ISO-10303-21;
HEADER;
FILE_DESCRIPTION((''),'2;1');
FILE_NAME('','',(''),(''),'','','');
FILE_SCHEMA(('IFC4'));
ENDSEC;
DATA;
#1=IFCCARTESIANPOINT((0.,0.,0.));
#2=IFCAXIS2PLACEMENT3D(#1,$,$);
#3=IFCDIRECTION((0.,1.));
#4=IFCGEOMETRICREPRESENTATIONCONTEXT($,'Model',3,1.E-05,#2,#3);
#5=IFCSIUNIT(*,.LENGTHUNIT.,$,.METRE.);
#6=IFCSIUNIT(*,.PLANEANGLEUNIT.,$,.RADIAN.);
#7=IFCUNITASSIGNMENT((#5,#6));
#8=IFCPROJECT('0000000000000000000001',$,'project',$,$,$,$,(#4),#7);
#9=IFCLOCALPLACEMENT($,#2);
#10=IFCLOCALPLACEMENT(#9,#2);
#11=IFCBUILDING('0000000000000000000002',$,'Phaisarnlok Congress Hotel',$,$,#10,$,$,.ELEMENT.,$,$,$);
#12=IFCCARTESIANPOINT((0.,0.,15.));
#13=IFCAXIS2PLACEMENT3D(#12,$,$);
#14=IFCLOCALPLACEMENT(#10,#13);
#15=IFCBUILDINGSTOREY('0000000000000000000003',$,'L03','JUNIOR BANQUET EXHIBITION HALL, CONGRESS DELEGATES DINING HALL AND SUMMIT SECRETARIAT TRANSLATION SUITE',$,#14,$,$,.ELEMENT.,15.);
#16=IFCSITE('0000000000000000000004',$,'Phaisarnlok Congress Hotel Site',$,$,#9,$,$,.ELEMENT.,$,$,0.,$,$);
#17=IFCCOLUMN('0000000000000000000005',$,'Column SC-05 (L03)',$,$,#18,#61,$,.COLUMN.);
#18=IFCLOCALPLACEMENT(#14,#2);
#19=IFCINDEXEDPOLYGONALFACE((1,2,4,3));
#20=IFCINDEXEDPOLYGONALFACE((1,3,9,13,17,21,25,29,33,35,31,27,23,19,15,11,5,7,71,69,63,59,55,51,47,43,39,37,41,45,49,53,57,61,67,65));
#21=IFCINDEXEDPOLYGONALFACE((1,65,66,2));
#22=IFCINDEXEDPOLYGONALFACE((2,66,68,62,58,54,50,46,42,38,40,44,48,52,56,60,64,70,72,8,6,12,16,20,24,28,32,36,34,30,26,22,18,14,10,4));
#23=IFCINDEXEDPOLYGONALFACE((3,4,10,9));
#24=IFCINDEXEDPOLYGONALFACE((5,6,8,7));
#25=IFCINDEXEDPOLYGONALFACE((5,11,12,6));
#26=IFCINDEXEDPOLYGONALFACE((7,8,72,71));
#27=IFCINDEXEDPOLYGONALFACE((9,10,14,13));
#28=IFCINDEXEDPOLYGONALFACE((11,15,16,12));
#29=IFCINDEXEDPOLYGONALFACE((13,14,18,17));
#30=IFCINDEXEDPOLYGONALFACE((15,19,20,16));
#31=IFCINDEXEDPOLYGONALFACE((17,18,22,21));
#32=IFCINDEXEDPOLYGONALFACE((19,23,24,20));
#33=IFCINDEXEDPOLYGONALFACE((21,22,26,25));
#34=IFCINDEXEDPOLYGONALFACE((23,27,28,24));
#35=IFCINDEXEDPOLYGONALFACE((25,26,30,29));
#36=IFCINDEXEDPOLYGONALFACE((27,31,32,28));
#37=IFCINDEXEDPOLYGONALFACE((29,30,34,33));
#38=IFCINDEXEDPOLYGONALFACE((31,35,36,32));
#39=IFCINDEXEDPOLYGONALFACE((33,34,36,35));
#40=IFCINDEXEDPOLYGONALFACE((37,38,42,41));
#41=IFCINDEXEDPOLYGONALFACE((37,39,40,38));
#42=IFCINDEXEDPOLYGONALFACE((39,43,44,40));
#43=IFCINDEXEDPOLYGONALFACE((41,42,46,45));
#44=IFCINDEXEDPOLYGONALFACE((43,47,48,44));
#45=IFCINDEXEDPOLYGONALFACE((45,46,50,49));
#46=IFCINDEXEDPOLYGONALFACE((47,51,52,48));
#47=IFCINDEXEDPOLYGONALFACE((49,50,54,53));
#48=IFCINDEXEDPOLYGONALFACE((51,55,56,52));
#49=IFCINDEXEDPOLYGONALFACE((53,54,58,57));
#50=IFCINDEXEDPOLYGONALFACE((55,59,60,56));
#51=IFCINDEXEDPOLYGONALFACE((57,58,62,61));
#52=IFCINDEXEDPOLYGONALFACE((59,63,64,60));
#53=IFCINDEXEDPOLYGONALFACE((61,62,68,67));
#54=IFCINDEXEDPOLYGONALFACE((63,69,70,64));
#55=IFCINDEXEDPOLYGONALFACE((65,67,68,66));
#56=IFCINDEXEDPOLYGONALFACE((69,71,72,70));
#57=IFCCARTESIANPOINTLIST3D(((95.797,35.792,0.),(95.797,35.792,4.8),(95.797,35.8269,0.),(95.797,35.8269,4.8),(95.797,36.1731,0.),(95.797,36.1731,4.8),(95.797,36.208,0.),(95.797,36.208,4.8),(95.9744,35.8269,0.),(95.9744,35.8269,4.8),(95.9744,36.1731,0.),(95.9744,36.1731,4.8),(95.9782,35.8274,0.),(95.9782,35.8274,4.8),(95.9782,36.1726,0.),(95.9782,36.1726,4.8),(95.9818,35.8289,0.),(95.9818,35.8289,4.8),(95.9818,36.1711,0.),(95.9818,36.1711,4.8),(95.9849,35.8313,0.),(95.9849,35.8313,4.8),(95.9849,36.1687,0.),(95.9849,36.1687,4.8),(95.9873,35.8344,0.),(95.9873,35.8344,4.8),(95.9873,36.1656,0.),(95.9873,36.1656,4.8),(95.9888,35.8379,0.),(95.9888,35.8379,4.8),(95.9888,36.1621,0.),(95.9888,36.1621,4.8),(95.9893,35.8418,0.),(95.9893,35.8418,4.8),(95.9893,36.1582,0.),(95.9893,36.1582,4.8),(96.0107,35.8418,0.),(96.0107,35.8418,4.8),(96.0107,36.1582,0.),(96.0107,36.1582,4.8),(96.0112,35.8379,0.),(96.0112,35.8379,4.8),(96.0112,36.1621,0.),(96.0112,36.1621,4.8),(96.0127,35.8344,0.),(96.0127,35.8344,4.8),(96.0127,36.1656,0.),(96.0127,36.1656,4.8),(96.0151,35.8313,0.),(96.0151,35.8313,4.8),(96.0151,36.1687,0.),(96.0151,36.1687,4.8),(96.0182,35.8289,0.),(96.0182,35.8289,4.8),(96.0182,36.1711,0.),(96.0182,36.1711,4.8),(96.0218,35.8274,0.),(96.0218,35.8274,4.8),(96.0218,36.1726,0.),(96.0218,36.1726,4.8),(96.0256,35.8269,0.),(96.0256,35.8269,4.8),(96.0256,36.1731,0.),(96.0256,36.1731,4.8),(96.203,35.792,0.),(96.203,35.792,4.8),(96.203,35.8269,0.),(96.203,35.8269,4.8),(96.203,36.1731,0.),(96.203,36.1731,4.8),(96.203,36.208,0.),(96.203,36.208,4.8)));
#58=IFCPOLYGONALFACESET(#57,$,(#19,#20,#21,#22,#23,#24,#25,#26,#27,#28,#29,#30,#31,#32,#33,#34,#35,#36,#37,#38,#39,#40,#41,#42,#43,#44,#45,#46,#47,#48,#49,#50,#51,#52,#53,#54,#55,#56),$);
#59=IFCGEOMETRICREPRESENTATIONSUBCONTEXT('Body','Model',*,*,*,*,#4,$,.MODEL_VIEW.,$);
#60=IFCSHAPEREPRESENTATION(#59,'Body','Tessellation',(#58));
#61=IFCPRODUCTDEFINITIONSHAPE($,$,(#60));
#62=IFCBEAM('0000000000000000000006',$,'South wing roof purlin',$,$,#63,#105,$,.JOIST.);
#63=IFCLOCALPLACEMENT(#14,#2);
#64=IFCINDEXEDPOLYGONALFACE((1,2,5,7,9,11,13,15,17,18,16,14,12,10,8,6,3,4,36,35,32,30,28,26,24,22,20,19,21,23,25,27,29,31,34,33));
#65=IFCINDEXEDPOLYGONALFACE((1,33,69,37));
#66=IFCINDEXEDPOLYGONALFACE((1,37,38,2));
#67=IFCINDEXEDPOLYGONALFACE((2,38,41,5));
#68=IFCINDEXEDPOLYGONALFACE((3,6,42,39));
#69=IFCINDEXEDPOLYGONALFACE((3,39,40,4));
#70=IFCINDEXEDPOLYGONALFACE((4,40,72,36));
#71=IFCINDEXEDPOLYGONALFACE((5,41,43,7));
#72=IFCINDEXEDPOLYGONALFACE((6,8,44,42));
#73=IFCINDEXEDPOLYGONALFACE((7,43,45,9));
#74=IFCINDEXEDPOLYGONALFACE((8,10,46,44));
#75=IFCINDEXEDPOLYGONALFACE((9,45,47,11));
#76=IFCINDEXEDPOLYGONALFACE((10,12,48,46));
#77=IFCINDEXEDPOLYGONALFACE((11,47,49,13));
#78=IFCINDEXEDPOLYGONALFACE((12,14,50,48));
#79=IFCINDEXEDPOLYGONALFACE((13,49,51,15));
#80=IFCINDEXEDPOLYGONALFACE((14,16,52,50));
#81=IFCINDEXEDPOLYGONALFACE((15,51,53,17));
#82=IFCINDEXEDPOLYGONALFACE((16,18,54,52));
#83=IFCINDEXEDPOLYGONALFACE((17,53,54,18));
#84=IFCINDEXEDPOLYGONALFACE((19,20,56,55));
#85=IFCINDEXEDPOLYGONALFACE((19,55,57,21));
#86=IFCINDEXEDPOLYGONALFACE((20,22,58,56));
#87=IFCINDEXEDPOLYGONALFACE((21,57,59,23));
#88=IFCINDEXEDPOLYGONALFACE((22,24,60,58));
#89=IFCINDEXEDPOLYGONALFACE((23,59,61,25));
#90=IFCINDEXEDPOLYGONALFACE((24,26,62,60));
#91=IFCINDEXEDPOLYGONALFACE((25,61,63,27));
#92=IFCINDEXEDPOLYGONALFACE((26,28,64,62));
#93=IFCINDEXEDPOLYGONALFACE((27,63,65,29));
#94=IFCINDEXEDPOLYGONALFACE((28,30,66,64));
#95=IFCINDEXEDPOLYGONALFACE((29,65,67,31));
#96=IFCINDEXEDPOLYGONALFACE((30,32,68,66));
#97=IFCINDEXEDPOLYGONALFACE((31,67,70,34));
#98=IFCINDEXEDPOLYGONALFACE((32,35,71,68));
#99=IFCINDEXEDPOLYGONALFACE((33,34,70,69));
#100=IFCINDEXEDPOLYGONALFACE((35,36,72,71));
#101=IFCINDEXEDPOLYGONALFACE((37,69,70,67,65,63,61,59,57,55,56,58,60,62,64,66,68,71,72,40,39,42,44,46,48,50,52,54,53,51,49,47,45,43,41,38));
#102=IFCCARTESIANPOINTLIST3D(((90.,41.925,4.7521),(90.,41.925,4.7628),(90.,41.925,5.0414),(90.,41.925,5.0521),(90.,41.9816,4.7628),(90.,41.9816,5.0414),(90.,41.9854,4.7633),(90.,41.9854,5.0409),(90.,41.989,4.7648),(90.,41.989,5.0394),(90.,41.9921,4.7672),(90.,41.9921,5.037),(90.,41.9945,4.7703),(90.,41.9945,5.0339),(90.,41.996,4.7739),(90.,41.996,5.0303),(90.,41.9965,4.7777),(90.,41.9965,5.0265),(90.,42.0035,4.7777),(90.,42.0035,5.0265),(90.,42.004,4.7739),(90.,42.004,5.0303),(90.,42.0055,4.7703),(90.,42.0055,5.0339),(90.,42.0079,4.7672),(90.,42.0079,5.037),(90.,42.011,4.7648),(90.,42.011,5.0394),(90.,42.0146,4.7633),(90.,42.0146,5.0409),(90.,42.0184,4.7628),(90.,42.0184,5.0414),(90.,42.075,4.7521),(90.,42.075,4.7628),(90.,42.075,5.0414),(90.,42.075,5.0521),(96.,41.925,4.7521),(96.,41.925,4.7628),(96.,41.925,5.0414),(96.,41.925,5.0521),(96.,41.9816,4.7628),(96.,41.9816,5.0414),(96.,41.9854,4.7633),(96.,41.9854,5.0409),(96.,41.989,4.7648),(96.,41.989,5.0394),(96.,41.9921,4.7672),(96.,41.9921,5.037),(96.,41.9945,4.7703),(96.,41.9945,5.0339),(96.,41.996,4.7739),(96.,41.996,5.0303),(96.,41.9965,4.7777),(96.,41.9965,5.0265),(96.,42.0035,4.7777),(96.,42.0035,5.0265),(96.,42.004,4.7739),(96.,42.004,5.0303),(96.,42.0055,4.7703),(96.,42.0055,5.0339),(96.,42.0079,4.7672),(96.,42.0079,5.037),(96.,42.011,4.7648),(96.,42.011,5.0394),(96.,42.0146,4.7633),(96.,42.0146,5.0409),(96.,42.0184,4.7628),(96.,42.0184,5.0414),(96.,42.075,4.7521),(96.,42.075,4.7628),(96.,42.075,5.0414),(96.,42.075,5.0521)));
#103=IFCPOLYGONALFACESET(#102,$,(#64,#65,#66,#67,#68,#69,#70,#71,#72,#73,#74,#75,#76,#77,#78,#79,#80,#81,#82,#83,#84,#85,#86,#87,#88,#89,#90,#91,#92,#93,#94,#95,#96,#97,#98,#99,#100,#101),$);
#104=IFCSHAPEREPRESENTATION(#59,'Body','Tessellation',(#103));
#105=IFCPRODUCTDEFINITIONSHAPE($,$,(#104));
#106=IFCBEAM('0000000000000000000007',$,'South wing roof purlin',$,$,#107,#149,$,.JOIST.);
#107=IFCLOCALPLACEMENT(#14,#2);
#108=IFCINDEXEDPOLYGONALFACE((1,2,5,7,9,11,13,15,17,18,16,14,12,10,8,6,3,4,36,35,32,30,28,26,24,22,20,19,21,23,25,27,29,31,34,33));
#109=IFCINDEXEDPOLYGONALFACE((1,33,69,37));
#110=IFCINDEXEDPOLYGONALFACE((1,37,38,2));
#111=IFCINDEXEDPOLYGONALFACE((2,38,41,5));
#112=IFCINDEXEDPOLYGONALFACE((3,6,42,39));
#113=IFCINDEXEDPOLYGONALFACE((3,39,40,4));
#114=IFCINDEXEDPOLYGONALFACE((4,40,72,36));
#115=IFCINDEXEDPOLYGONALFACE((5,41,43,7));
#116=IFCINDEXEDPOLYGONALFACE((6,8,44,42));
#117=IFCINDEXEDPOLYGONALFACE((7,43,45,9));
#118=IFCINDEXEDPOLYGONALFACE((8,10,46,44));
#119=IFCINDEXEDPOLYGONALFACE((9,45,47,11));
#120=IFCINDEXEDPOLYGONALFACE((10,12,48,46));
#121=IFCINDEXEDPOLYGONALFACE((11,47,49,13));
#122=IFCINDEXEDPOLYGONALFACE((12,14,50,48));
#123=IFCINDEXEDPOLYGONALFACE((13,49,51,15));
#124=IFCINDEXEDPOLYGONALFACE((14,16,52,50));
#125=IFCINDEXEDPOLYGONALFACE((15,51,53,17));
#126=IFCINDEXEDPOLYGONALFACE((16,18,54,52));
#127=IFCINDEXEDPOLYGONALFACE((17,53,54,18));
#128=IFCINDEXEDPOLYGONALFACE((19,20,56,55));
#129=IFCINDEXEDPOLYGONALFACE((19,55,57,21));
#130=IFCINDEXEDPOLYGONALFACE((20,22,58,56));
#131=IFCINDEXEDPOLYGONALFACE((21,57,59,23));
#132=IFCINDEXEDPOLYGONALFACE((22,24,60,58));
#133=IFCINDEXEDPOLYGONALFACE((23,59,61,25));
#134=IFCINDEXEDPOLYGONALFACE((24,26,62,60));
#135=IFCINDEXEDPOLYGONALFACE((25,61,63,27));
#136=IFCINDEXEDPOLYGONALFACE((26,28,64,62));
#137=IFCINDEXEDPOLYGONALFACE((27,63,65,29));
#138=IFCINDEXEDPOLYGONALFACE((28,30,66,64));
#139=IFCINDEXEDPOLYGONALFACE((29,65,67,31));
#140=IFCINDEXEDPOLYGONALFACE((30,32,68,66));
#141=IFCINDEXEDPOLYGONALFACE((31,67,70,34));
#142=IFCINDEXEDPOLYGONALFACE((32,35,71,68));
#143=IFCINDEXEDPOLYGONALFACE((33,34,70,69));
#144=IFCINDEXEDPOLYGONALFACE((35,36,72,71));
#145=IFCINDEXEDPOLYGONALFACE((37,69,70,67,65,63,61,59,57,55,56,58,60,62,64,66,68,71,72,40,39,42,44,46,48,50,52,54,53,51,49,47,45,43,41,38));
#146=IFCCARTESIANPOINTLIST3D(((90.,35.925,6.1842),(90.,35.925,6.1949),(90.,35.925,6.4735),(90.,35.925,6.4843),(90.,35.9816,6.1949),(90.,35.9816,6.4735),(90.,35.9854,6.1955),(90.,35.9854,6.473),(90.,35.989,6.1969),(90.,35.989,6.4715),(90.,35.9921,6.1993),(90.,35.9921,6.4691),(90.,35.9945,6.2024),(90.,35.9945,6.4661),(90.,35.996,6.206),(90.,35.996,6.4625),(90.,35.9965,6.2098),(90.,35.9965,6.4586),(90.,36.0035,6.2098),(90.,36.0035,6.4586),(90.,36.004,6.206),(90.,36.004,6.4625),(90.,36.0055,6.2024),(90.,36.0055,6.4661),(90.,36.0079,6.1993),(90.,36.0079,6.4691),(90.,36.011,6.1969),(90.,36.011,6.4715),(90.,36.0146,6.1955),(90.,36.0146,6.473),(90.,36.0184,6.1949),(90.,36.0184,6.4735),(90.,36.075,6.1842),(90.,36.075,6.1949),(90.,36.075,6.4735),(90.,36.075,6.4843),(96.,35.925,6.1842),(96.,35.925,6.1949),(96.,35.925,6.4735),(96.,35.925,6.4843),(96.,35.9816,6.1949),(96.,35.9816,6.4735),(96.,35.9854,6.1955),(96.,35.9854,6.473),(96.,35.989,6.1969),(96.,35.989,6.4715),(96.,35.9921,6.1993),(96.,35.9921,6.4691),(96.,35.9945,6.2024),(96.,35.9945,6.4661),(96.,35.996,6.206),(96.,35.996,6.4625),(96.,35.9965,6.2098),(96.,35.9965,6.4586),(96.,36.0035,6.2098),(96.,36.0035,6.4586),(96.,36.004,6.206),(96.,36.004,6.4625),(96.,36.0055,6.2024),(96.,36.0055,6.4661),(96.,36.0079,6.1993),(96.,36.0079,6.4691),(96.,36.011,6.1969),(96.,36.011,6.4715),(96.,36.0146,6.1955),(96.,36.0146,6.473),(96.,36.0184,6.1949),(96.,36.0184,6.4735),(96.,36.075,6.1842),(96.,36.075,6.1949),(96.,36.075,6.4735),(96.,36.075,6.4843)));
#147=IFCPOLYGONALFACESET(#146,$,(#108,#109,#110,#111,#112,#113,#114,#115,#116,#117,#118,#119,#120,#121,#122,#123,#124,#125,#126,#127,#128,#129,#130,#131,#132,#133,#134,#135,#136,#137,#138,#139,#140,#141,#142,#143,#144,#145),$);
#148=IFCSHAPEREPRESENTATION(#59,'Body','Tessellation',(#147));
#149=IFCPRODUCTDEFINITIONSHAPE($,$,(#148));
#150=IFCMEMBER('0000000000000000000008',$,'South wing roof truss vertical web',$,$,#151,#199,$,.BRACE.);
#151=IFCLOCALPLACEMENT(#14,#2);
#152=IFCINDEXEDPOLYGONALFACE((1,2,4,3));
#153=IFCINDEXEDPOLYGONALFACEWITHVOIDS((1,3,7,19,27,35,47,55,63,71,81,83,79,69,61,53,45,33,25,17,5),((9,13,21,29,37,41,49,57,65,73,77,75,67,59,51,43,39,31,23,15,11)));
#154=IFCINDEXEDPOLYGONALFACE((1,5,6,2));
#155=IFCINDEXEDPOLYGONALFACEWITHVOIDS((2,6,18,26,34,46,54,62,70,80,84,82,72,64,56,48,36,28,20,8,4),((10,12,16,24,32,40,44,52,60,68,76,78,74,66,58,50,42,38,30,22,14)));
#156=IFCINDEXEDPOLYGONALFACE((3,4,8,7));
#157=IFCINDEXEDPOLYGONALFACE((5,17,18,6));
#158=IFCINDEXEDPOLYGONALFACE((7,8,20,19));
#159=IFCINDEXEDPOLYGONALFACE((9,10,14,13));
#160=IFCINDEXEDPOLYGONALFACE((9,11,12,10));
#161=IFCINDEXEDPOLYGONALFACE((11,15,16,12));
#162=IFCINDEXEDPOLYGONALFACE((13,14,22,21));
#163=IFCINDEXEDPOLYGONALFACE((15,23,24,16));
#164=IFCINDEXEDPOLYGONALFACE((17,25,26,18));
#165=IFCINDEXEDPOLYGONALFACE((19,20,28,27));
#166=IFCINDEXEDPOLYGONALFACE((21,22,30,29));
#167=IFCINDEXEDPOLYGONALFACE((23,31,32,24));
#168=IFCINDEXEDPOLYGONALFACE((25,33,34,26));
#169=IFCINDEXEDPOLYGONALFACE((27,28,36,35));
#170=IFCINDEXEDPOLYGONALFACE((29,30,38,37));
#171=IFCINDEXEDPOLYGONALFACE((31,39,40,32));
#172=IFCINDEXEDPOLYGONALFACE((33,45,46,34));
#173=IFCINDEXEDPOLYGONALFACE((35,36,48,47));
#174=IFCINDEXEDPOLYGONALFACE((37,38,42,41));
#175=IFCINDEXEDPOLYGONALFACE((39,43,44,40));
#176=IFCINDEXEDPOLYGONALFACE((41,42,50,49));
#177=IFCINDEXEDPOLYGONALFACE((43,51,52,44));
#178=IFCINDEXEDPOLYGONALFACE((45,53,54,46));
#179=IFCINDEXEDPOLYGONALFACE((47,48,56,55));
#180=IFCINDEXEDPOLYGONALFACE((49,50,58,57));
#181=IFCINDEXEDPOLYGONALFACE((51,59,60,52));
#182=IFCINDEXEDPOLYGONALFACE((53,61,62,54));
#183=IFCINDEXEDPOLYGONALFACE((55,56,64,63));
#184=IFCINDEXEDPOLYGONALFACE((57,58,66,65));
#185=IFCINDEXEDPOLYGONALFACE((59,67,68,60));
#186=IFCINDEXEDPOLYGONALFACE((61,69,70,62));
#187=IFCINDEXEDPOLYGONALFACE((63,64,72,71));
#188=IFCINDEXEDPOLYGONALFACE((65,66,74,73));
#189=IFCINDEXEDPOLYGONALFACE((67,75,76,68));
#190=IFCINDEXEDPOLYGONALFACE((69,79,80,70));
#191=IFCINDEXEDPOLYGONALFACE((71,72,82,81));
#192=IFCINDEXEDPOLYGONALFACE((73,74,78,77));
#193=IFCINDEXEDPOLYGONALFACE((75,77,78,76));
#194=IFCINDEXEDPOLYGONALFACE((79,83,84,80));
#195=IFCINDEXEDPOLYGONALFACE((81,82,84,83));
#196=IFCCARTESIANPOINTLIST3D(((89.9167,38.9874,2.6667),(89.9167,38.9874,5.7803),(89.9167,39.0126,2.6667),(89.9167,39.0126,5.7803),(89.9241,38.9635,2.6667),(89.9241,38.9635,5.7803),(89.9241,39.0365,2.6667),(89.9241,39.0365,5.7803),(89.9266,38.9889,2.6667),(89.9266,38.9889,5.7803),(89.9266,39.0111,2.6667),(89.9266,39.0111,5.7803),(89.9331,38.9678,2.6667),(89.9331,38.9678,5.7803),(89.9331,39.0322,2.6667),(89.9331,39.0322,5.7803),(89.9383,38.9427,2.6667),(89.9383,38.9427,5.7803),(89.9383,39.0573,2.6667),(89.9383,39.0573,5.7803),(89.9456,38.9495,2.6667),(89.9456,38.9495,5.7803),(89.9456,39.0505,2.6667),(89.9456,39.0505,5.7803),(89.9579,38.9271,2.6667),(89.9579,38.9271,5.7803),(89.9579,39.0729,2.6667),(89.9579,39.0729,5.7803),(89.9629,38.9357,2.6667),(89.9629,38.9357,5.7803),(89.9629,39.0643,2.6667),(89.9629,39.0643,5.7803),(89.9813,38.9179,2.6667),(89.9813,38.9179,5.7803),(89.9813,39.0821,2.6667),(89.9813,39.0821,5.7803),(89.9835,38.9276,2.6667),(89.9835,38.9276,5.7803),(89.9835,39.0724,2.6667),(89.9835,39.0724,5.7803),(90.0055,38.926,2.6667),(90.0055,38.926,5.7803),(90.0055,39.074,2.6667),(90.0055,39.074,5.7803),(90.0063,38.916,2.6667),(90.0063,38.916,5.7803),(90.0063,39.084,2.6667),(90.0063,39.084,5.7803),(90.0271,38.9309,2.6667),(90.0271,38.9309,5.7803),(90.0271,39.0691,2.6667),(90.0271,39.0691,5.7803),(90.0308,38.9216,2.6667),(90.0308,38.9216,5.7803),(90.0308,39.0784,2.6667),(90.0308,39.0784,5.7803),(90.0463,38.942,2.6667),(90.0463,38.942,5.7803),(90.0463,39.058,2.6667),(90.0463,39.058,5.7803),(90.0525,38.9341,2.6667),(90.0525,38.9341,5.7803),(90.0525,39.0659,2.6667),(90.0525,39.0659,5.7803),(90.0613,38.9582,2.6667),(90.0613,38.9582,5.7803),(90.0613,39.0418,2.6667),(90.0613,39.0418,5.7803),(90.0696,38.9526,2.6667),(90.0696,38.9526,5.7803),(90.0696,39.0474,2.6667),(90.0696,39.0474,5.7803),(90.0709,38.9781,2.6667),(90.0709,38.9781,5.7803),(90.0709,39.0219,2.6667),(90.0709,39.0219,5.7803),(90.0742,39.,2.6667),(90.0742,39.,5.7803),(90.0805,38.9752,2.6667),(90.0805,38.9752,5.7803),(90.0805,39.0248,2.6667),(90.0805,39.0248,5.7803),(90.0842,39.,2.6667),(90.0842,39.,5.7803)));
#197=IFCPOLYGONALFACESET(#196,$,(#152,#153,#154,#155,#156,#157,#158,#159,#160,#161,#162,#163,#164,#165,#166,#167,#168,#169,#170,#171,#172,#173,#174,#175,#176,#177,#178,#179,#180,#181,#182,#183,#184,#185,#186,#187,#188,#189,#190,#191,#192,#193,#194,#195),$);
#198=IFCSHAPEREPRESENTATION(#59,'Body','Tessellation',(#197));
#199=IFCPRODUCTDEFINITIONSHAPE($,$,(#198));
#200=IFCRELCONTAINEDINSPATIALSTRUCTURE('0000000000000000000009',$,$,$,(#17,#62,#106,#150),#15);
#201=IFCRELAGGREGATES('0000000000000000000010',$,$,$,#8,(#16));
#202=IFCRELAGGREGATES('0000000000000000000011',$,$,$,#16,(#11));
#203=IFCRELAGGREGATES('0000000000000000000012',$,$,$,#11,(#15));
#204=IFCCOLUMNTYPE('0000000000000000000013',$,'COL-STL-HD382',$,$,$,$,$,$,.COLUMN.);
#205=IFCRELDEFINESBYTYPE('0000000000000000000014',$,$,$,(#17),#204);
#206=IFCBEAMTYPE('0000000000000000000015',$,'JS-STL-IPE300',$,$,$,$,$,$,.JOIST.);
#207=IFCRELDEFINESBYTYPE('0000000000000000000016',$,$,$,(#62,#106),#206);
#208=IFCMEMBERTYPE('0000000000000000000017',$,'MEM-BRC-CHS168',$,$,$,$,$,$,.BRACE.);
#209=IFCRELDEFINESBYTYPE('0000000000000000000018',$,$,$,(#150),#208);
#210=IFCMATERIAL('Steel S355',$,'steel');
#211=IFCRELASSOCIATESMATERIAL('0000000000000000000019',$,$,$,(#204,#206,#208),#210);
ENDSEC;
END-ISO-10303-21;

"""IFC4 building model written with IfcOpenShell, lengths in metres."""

from ifc_helpers import new_model, si_unit, direction, frame, origin, origin_2d, place, context, subcontext, project, spatial, hollow_circle, i_section, extrude, material, material_profile, profile_set, type_object, element, save


model = new_model("IFC4")

# Units and contexts
model_context = context("Model", 3, precision=1e-05, world=origin(), true_north=direction((0.0, 1.0)))
body_context = subcontext(model_context, "Body", "Model", "MODEL_VIEW")
ifc_project = project(units=[si_unit("LENGTHUNIT", "METRE"), si_unit("PLANEANGLEUNIT", "RADIAN")], contexts=[model_context])

# Site, building, storey
site_placement = place(None, origin())
site = spatial("IfcSite", under=ifc_project, at=site_placement, Name="Phaisarnlok Congress Hotel Site", CompositionType="ELEMENT", RefElevation=0.0)
building_placement = place(site_placement, origin())
building = spatial("IfcBuilding", under=site, at=building_placement, Name="Phaisarnlok Congress Hotel", CompositionType="ELEMENT")
storey_placement = place(building_placement, frame((0.0, 0.0, 15.0)))
storey = spatial("IfcBuildingStorey", under=building, at=storey_placement, Name="L03", Description="JUNIOR BANQUET EXHIBITION HALL, CONGRESS DELEGATES DINING HALL AND SUMMIT SECRETARIAT TRANSLATION SUITE", CompositionType="ELEMENT", Elevation=15.0)

# Column
ifc_material_1 = material(Name="Steel S355", Category="steel")
ifc_material_profile_1 = material_profile(ifc_material_1, i_section(OverallWidth=0.406, OverallDepth=0.416, WebThickness=0.0215, FlangeThickness=0.0349, FilletRadius=0.0149, at=origin_2d()), Name="HD 400x382")
ifc_profile_set_1 = profile_set([ifc_material_profile_1], Name="Steel S355")
column_type = type_object("IfcColumnType", Name="COL-STL-HD382", PredefinedType="COLUMN", material=ifc_profile_set_1)
column_placement = place(storey_placement, frame((96.0, 36.0, 0.0), z_axis=(0.0, 0.0, 1.0), x_axis=(1.0, 0.0, 0.0)))
element("IfcColumn", 1, at=column_placement, inside=storey, type_object=column_type, Name="Column SC-05 (L03)", PredefinedType="COLUMN", context=body_context, shape_type="SweptSolid", body=[
    extrude(i_section(OverallWidth=0.406, OverallDepth=0.416, WebThickness=0.0215, FlangeThickness=0.0349, FilletRadius=0.0149, at=origin_2d()), origin(), (0.0, 0.0, 1.0), 4.8),
])

# Beams
ifc_material_profile_2 = material_profile(ifc_material_1, i_section(OverallWidth=0.1499, OverallDepth=0.3, WebThickness=0.0071, FlangeThickness=0.0107, FilletRadius=0.0149, at=origin_2d()), Name="IPE 300")
ifc_profile_set_2 = profile_set([ifc_material_profile_2], Name="Steel S355")
beam_type = type_object("IfcBeamType", Name="JS-STL-IPE300", PredefinedType="JOIST", material=ifc_profile_set_2)
for number, where, z_axis, x_axis, name in (
    (2, (90.0, 42.0, 4.9021), (1.0, 0.0, 0.0), (0.0, 1.0, 0.0), "South wing roof purlin"),
    (3, (90.0, 36.0, 6.3342), (1.0, 0.0, 0.0), (0.0, 1.0, 0.0), "South wing roof purlin"),
):
    element("IfcBeam", number, at=place(storey_placement, frame(where, z_axis=z_axis, x_axis=x_axis)), inside=storey, type_object=beam_type, Name=name, PredefinedType="JOIST", context=body_context, shape_type="SweptSolid", body=[
        extrude(i_section(OverallWidth=0.1499, OverallDepth=0.3, WebThickness=0.0071, FlangeThickness=0.0107, FilletRadius=0.0149, at=origin_2d()), origin(), (0.0, 0.0, 1.0), 6.0),
    ])

# Member
ifc_material_profile_3 = material_profile(ifc_material_1, hollow_circle(Radius=0.0842, WallThickness=0.01, at=origin_2d()), Name="CHS 168.3x10")
ifc_profile_set_3 = profile_set([ifc_material_profile_3], Name="Steel S355")
member_type_1 = type_object("IfcMemberType", Name="MEM-BRC-CHS168", PredefinedType="BRACE", material=ifc_profile_set_3)
member_1_placement = place(storey_placement, frame((90.0, 39.0, 2.6667), z_axis=(0.0, 0.0, 1.0), x_axis=(1.0, 0.0, 0.0)))
element("IfcMember", 4, at=member_1_placement, inside=storey, type_object=member_type_1, Name="South wing roof truss vertical web", PredefinedType="BRACE", context=body_context, shape_type="SweptSolid", body=[
    extrude(hollow_circle(Radius=0.0842, WallThickness=0.01, at=origin_2d()), origin(), (0.0, 0.0, 1.0), 3.1135),
])

save(model, "model.ifc")
